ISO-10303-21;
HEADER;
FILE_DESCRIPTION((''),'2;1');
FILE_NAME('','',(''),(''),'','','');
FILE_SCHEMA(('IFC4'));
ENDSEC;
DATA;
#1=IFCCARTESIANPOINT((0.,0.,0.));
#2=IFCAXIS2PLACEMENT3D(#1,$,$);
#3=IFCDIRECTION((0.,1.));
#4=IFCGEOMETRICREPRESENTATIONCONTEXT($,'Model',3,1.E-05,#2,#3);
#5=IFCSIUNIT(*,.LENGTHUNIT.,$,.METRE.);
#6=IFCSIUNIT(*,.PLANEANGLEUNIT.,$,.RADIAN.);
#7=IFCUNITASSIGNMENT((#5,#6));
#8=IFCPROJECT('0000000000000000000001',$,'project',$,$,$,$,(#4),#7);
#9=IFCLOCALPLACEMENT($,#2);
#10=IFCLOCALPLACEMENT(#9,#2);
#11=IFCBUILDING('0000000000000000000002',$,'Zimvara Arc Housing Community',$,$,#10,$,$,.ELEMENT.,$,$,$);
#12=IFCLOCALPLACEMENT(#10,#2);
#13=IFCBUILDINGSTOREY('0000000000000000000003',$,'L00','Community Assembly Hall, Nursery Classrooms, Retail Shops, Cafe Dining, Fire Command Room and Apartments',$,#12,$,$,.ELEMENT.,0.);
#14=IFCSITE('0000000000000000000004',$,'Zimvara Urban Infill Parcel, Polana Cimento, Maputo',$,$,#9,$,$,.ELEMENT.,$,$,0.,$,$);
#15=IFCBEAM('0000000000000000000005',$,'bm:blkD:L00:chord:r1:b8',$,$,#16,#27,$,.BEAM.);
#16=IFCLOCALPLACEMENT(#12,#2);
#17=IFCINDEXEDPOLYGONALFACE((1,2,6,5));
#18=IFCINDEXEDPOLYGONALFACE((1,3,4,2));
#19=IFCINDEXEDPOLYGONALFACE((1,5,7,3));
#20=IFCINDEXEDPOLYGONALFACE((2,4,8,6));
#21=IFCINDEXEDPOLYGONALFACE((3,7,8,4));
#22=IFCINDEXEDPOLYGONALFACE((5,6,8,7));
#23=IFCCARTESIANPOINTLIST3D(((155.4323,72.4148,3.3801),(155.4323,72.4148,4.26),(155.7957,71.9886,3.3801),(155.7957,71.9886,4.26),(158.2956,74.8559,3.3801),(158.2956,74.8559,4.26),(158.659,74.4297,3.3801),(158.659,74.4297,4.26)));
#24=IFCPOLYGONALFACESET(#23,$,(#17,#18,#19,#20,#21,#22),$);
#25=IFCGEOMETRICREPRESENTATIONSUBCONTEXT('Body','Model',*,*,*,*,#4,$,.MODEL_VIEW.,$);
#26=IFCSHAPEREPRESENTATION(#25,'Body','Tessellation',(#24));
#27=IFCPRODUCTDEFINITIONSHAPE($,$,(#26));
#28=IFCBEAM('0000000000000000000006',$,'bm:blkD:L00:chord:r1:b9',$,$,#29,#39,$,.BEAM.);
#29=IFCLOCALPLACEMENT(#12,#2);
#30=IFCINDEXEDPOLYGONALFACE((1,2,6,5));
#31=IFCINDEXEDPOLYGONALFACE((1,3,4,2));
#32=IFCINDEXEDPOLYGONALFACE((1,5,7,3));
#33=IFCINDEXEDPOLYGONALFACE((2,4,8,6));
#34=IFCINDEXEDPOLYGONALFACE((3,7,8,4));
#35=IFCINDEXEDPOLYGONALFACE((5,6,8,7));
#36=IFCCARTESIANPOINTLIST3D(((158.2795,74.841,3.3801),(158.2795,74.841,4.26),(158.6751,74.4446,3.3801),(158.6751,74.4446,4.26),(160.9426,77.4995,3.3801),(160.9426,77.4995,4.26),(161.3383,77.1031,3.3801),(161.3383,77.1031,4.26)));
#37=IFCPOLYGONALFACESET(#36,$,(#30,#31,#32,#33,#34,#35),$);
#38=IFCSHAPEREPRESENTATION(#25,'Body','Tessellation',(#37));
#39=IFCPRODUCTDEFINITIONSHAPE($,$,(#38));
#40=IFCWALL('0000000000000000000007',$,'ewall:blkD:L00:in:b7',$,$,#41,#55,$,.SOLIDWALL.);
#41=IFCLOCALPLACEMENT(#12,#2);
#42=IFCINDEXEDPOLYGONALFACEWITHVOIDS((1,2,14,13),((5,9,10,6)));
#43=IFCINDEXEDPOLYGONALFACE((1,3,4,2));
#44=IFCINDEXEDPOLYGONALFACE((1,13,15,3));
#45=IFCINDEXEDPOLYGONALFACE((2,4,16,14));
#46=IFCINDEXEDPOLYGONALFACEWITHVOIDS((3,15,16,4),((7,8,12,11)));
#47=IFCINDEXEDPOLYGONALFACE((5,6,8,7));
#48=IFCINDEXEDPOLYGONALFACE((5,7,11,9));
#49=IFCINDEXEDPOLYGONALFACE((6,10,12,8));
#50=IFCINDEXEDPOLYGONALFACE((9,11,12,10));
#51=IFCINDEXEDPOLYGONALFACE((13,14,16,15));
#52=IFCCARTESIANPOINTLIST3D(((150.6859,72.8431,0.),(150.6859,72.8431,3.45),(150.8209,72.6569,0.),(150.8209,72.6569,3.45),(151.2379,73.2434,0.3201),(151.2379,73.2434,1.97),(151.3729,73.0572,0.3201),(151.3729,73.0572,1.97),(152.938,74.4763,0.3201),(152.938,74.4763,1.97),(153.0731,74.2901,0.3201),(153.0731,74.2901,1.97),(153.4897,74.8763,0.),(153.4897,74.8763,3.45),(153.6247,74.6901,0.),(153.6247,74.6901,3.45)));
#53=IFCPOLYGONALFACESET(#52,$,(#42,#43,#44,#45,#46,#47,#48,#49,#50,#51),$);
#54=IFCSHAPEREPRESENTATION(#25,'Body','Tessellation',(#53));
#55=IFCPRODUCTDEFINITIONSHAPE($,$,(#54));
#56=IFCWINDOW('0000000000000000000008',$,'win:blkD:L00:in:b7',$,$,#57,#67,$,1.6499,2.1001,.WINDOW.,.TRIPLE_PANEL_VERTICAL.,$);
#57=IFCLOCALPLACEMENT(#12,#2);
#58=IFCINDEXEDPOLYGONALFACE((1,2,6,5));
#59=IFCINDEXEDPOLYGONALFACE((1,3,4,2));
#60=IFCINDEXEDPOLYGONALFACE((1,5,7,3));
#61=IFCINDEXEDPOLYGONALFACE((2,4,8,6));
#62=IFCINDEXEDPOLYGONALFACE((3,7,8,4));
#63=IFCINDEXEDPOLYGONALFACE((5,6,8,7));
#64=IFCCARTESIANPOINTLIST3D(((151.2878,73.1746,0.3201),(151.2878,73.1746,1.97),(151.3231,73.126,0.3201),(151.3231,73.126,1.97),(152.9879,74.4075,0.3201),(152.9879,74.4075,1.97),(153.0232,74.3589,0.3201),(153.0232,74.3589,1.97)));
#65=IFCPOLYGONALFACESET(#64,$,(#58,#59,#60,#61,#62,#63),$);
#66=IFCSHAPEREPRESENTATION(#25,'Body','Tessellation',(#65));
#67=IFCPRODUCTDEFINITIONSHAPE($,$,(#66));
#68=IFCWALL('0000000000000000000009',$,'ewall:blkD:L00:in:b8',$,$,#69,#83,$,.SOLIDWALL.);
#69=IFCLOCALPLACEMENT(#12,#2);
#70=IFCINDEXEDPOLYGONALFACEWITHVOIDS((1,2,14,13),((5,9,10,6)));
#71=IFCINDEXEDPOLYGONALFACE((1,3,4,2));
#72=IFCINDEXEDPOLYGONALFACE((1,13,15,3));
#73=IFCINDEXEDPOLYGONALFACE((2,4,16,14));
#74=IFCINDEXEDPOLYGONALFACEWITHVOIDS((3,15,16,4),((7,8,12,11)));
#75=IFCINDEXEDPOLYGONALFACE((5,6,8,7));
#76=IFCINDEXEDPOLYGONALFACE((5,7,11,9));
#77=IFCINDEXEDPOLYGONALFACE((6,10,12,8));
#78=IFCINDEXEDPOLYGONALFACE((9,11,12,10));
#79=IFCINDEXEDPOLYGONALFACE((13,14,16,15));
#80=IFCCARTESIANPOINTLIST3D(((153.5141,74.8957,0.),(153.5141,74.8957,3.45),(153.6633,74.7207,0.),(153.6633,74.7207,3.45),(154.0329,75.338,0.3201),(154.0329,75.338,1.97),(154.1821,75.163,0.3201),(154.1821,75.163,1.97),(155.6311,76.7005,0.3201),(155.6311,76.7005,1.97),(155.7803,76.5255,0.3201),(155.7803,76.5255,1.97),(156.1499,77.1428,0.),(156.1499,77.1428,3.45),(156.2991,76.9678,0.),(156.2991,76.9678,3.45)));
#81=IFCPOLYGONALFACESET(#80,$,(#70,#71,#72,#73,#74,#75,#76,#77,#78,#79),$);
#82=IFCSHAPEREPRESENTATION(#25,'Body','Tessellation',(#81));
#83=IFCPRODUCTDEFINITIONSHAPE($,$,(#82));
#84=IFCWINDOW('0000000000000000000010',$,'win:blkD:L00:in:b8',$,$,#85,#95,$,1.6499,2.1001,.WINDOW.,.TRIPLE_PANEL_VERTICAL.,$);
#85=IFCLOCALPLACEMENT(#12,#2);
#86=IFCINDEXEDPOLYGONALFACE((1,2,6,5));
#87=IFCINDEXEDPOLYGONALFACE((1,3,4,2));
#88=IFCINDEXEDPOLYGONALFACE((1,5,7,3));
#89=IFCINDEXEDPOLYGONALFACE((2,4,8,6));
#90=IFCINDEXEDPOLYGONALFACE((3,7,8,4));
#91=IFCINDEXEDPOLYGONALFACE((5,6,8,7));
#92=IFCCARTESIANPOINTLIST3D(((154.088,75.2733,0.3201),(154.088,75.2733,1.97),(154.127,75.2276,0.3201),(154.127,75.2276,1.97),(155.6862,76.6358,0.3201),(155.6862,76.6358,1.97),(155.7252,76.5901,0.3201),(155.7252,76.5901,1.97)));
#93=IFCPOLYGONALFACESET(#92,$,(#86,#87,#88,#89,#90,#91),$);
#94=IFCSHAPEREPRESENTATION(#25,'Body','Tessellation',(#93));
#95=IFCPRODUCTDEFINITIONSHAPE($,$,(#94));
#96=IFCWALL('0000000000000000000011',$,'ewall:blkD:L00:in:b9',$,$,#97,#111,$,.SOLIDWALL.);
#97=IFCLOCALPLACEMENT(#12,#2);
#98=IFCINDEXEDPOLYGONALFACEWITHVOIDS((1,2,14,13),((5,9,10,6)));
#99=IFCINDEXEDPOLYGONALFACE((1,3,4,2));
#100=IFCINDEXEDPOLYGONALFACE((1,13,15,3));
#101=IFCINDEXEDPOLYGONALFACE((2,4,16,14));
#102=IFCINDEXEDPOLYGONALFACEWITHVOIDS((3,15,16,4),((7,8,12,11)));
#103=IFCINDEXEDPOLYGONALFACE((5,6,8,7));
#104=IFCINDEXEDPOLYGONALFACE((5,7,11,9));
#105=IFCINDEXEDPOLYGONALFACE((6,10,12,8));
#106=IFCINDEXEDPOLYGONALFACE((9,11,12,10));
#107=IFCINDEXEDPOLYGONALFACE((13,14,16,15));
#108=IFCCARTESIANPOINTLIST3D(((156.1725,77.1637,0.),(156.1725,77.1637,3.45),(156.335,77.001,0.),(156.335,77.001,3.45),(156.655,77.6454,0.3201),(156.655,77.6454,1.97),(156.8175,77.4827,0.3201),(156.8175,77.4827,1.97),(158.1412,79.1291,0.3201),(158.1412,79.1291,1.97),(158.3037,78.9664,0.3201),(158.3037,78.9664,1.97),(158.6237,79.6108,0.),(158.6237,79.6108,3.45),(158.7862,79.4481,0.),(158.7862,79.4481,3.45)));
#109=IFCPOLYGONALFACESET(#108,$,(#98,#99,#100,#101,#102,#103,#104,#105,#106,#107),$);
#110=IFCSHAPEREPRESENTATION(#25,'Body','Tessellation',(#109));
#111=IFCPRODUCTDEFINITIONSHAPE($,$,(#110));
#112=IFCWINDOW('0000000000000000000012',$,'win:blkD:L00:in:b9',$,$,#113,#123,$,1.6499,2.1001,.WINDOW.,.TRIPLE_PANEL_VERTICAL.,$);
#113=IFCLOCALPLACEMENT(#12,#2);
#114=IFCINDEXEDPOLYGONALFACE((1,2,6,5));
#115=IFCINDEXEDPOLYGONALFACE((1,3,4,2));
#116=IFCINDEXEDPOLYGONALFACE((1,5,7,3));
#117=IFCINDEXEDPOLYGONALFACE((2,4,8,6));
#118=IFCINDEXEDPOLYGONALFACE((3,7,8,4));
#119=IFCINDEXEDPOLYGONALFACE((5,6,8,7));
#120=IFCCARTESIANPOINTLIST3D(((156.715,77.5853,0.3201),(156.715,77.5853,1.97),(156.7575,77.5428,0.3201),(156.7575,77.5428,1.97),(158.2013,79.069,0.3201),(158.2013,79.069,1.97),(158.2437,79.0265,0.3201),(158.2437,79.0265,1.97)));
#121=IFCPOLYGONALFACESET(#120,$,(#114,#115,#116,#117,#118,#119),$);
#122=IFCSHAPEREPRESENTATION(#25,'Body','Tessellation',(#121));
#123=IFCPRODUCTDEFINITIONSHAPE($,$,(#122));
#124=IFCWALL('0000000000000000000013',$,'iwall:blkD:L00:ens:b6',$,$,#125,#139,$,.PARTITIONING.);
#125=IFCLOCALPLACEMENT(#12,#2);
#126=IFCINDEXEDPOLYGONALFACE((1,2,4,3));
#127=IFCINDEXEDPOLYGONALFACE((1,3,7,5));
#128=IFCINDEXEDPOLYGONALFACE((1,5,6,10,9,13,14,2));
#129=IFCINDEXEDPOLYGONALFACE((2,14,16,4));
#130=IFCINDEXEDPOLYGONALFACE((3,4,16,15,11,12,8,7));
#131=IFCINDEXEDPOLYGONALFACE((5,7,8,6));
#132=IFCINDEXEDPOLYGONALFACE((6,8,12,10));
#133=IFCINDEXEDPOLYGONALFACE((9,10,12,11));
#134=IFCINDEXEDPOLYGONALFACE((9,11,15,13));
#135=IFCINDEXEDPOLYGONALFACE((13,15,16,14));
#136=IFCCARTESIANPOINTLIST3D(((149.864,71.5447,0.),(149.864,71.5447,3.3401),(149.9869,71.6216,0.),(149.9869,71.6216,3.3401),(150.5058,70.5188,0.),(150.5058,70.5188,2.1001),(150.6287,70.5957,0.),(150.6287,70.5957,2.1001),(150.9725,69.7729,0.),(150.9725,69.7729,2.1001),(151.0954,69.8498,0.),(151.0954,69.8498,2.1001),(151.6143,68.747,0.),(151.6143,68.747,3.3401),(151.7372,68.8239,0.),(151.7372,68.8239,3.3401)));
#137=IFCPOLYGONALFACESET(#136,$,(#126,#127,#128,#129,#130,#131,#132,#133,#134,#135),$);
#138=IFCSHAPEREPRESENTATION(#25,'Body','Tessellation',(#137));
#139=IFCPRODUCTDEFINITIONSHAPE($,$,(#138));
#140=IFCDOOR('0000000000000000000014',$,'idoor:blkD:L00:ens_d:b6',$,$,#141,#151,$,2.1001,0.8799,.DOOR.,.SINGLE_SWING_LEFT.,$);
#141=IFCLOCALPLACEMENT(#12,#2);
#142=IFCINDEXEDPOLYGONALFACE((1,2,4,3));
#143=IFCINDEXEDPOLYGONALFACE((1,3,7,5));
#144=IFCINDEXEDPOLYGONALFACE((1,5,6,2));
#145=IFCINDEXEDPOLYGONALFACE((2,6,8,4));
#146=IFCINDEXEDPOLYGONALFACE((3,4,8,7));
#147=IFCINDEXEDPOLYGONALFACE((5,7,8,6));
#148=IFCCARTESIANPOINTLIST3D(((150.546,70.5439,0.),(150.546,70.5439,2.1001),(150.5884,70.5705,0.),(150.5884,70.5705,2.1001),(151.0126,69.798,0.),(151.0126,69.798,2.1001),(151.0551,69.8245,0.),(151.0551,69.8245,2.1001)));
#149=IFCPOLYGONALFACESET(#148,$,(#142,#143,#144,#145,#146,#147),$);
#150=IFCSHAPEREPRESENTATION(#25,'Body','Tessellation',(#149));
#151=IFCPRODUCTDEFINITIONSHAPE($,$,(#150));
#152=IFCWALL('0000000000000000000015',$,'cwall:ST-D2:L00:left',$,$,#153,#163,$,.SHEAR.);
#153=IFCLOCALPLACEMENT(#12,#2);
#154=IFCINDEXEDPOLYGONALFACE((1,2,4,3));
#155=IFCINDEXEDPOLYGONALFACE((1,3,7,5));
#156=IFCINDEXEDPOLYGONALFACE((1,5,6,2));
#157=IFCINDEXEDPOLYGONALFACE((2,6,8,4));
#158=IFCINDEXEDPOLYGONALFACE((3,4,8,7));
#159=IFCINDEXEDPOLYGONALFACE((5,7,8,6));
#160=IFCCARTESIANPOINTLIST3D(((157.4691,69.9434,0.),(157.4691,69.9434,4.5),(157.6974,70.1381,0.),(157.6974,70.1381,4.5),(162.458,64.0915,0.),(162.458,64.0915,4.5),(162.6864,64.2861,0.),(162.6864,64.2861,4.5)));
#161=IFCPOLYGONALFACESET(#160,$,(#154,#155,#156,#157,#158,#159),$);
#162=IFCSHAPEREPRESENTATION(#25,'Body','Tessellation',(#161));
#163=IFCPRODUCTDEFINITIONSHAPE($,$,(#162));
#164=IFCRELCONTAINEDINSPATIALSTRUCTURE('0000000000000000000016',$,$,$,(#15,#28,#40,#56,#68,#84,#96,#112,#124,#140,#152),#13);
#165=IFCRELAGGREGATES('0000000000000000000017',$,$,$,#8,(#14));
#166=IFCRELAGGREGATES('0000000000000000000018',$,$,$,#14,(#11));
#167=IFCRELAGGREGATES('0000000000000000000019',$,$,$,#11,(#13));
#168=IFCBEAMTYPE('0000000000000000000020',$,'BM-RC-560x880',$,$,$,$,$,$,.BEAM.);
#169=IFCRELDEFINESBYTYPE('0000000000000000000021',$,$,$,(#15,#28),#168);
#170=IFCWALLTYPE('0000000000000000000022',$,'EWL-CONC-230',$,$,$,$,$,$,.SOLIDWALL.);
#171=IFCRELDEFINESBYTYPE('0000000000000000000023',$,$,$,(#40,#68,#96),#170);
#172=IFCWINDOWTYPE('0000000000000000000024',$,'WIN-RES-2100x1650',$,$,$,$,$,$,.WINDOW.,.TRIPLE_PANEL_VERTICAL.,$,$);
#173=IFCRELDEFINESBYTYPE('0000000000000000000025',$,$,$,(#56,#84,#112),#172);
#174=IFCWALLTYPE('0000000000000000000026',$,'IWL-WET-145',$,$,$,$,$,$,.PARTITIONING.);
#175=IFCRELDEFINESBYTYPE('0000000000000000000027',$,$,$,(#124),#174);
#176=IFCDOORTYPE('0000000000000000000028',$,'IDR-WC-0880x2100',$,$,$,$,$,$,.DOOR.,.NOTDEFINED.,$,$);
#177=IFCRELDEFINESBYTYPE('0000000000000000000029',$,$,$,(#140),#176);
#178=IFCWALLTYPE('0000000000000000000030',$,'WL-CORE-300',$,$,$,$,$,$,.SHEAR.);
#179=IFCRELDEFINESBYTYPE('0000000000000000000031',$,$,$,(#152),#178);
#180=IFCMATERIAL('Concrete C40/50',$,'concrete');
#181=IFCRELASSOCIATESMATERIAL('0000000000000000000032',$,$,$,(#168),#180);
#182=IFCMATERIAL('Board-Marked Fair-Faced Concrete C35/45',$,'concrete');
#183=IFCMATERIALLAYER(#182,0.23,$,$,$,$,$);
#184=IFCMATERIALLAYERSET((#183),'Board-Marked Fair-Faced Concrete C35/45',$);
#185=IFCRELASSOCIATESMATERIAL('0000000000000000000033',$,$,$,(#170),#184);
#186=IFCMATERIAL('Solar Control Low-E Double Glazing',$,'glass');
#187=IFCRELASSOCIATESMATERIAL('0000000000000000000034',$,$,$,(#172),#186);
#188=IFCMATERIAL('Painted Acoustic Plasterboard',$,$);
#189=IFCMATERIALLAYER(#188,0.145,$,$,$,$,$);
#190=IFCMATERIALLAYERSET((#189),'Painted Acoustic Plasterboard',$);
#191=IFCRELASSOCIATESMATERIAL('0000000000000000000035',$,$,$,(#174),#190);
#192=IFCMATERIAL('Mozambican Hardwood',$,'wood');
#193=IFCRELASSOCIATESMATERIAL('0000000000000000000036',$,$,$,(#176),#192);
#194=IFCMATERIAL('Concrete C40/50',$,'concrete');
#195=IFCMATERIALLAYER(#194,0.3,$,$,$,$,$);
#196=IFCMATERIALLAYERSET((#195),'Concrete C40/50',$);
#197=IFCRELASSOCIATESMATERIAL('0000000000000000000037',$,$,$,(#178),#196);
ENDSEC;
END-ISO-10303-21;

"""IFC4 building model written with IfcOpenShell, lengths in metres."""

from ifc_helpers import new_model, si_unit, direction, frame, frame_2d, origin, origin_2d, place, context, subcontext, project, spatial, rectangle, extrude, material, layer, layer_set, material_profile, profile_set, type_object, element, fill, save


model = new_model("IFC4")

# Units and contexts
model_context = context("Model", 3, precision=1e-05, world=origin(), true_north=direction((0.0, 1.0)))
body_context = subcontext(model_context, "Body", "Model", "MODEL_VIEW")
ifc_project = project(units=[si_unit("LENGTHUNIT", "METRE"), si_unit("PLANEANGLEUNIT", "RADIAN")], contexts=[model_context])

# Site, building, storey
site_placement = place(None, origin())
site = spatial("IfcSite", under=ifc_project, at=site_placement, Name="Zimvara Urban Infill Parcel, Polana Cimento, Maputo", CompositionType="ELEMENT", RefElevation=0.0)
building_placement = place(site_placement, origin())
building = spatial("IfcBuilding", under=site, at=building_placement, Name="Zimvara Arc Housing Community", CompositionType="ELEMENT")
storey_placement = place(building_placement, origin())
storey = spatial("IfcBuildingStorey", under=building, at=storey_placement, Name="L00", Description="Community Assembly Hall, Nursery Classrooms, Retail Shops, Cafe Dining, Fire Command Room and Apartments", CompositionType="ELEMENT", Elevation=0.0)

# Beams
ifc_material_1 = material(Name="Concrete C40/50", Category="concrete")
ifc_material_profile_1 = material_profile(ifc_material_1, rectangle(XDim=0.5601, YDim=0.8799, at=origin_2d()), Name="RC 560x880")
ifc_profile_set_1 = profile_set([ifc_material_profile_1], Name="Concrete C40/50")
beam_type_1 = type_object("IfcBeamType", Name="BM-RC-560x880", PredefinedType="BEAM", material=ifc_profile_set_1)
beam_1_placement = place(storey_placement, frame((155.614, 72.2017, 3.8201), z_axis=(0.760972, 0.648785, 0.0), x_axis=(-0.648785, 0.760972, 0.0)))
element("IfcBeam", 1, at=beam_1_placement, inside=storey, type_object=beam_type_1, Name="bm:blkD:L00:chord:r1:b8", PredefinedType="BEAM", context=body_context, shape_type="SweptSolid", body=[
    extrude(rectangle(XDim=0.5601, YDim=0.8799, at=origin_2d()), origin(), (0.0, 0.0, 1.0), 3.7627),
])
beam_2_placement = place(storey_placement, frame((158.4773, 74.6428, 3.8201), z_axis=(0.707723, 0.70649, 0.0), x_axis=(-0.70649, 0.707723, 0.0)))
element("IfcBeam", 2, at=beam_2_placement, inside=storey, type_object=beam_type_1, Name="bm:blkD:L00:chord:r1:b9", PredefinedType="BEAM", context=body_context, shape_type="SweptSolid", body=[
    extrude(rectangle(XDim=0.5601, YDim=0.8799, at=origin_2d()), origin(), (0.0, 0.0, 1.0), 3.7629),
])

# Walls, openings, windows
ifc_material_2 = material(Name="Board-Marked Fair-Faced Concrete C35/45", Category="concrete")
ifc_layer_1 = layer(ifc_material_2, 0.23)
ifc_layer_set_1 = layer_set([ifc_layer_1], Name="Board-Marked Fair-Faced Concrete C35/45")
wall_type_1 = type_object("IfcWallType", Name="EWL-CONC-230", PredefinedType="SOLIDWALL", material=ifc_layer_set_1)
wall_1_placement = place(storey_placement, frame((150.7534, 72.75, 0.0), z_axis=(0.0, 0.0, 1.0), x_axis=(0.80954, 0.587065, 0.0)))
wall_1 = element("IfcWall", 3, at=wall_1_placement, inside=storey, type_object=wall_type_1, Name="ewall:blkD:L00:in:b7", PredefinedType="SOLIDWALL", context=body_context, shape_type="SweptSolid", body=[
    extrude(rectangle(XDim=3.4634, YDim=0.23, at=frame_2d((1.7317, 0.0))), origin(), (0.0, 0.0, 1.0), 3.45),
])
opening_1_placement = place(wall_1_placement, frame((0.6819, 0.0, 0.3201)))
opening_1 = element("IfcOpeningElement", 4, at=opening_1_placement, cuts=wall_1, PredefinedType="OPENING", context=body_context, shape_type="SweptSolid", body=[
    extrude(rectangle(XDim=2.1001, YDim=1.6499, at=frame_2d((1.05, 0.825))), frame((0.0, 0.125, 0.0), z_axis=(0.0, -1.0, 0.0), x_axis=(1.0, 0.0, 0.0)), (0.0, 0.0, 1.0), 0.25),
])
ifc_material_3 = material(Name="Solar Control Low-E Double Glazing", Category="glass")
window_type = type_object("IfcWindowType", Name="WIN-RES-2100x1650", PartitioningType="TRIPLE_PANEL_VERTICAL", PredefinedType="WINDOW", material=ifc_material_3)
window_1_placement = place(opening_1_placement, origin())
window_1 = element("IfcWindow", 5, at=window_1_placement, inside=storey, type_object=window_type, Name="win:blkD:L00:in:b7", OverallHeight=1.6499, OverallWidth=2.1001, PartitioningType="TRIPLE_PANEL_VERTICAL", PredefinedType="WINDOW", context=body_context, shape_type="SweptSolid", body=[
    extrude(rectangle(XDim=2.1001, YDim=1.6499, at=frame_2d((1.05, 0.825))), frame((0.0, 0.03, 0.0), z_axis=(0.0, -1.0, 0.0), x_axis=(1.0, 0.0, 0.0)), (0.0, 0.0, 1.0), 0.0601),
])
fill(opening_1, window_1)
wall_2_placement = place(storey_placement, frame((153.5886, 74.8081, 0.0), z_axis=(0.0, 0.0, 1.0), x_axis=(0.760985, 0.648769, 0.0)))
wall_2 = element("IfcWall", 6, at=wall_2_placement, inside=storey, type_object=wall_type_1, Name="ewall:blkD:L00:in:b8", PredefinedType="SOLIDWALL", context=body_context, shape_type="SweptSolid", body=[
    extrude(rectangle(XDim=3.4636, YDim=0.23, at=frame_2d((1.7319, 0.0))), origin(), (0.0, 0.0, 1.0), 3.45),
])
opening_2_placement = place(wall_2_placement, frame((0.6819, 0.0, 0.3201)))
opening_2 = element("IfcOpeningElement", 7, at=opening_2_placement, cuts=wall_2, PredefinedType="OPENING", context=body_context, shape_type="SweptSolid", body=[
    extrude(rectangle(XDim=2.1001, YDim=1.6499, at=frame_2d((1.05, 0.825))), frame((0.0, 0.125, 0.0), z_axis=(0.0, -1.0, 0.0), x_axis=(1.0, 0.0, 0.0)), (0.0, 0.0, 1.0), 0.25),
])
window_2_placement = place(opening_2_placement, origin())
window_2 = element("IfcWindow", 8, at=window_2_placement, inside=storey, type_object=window_type, Name="win:blkD:L00:in:b8", OverallHeight=1.6499, OverallWidth=2.1001, PartitioningType="TRIPLE_PANEL_VERTICAL", PredefinedType="WINDOW", context=body_context, shape_type="SweptSolid", body=[
    extrude(rectangle(XDim=2.1001, YDim=1.6499, at=frame_2d((1.05, 0.825))), frame((0.0, 0.03, 0.0), z_axis=(0.0, -1.0, 0.0), x_axis=(1.0, 0.0, 0.0)), (0.0, 0.0, 1.0), 0.0601),
])
fill(opening_2, window_2)
wall_3_placement = place(storey_placement, frame((156.2537, 77.0823, 0.0), z_axis=(0.0, 0.0, 1.0), x_axis=(0.707706, 0.706507, 0.0)))
wall_3 = element("IfcWall", 9, at=wall_3_placement, inside=storey, type_object=wall_type_1, Name="ewall:blkD:L00:in:b9", PredefinedType="SOLIDWALL", context=body_context, shape_type="SweptSolid", body=[
    extrude(rectangle(XDim=3.4636, YDim=0.23, at=frame_2d((1.7319, 0.0))), origin(), (0.0, 0.0, 1.0), 3.45),
])
opening_3_placement = place(wall_3_placement, frame((0.6819, 0.0, 0.3201)))
opening_3 = element("IfcOpeningElement", 10, at=opening_3_placement, cuts=wall_3, PredefinedType="OPENING", context=body_context, shape_type="SweptSolid", body=[
    extrude(rectangle(XDim=2.1001, YDim=1.6499, at=frame_2d((1.05, 0.825))), frame((0.0, 0.125, 0.0), z_axis=(0.0, -1.0, 0.0), x_axis=(1.0, 0.0, 0.0)), (0.0, 0.0, 1.0), 0.25),
])
window_3_placement = place(opening_3_placement, origin())
window_3 = element("IfcWindow", 11, at=window_3_placement, inside=storey, type_object=window_type, Name="win:blkD:L00:in:b9", OverallHeight=1.6499, OverallWidth=2.1001, PartitioningType="TRIPLE_PANEL_VERTICAL", PredefinedType="WINDOW", context=body_context, shape_type="SweptSolid", body=[
    extrude(rectangle(XDim=2.1001, YDim=1.6499, at=frame_2d((1.05, 0.825))), frame((0.0, 0.03, 0.0), z_axis=(0.0, -1.0, 0.0), x_axis=(1.0, 0.0, 0.0)), (0.0, 0.0, 1.0), 0.0601),
])
fill(opening_3, window_3)

# Wall, opening, door
ifc_material_4 = material(Name="Painted Acoustic Plasterboard")
ifc_layer_2 = layer(ifc_material_4, 0.145)
ifc_layer_set_2 = layer_set([ifc_layer_2], Name="Painted Acoustic Plasterboard")
wall_type_2 = type_object("IfcWallType", Name="IWL-WET-145", PredefinedType="PARTITIONING", material=ifc_layer_set_2)
wall_4_placement = place(storey_placement, frame((149.9255, 71.583, 0.0), z_axis=(0.0, 0.0, 1.0), x_axis=(0.530378, -0.847761, 0.0)))
wall_4 = element("IfcWall", 12, at=wall_4_placement, inside=storey, type_object=wall_type_2, Name="iwall:blkD:L00:ens:b6", PredefinedType="PARTITIONING", context=body_context, shape_type="SweptSolid", body=[
    extrude(rectangle(XDim=3.3, YDim=0.145, at=frame_2d((1.6499, 0.0))), origin(), (0.0, 0.0, 1.0), 3.3401),
])
opening_4_placement = place(wall_4_placement, frame((1.21, 0.0, 0.0)))
opening_4 = element("IfcOpeningElement", 13, at=opening_4_placement, cuts=wall_4, PredefinedType="OPENING", context=body_context, shape_type="SweptSolid", body=[
    extrude(rectangle(XDim=0.8799, YDim=2.1001, at=frame_2d((0.4399, 1.05))), frame((0.0, 0.0825, 0.0), z_axis=(0.0, -1.0, 0.0), x_axis=(1.0, 0.0, 0.0)), (0.0, 0.0, 1.0), 0.165),
])
ifc_material_5 = material(Name="Mozambican Hardwood", Category="wood")
door_type_1 = type_object("IfcDoorType", Name="IDR-WC-0880x2100", OperationType="NOTDEFINED", PredefinedType="DOOR", material=ifc_material_5)
door_1_placement = place(opening_4_placement, origin())
door_1 = element("IfcDoor", 14, at=door_1_placement, inside=storey, type_object=door_type_1, Name="idoor:blkD:L00:ens_d:b6", OperationType="SINGLE_SWING_LEFT", OverallHeight=2.1001, OverallWidth=0.8799, PredefinedType="DOOR", context=body_context, shape_type="SweptSolid", body=[
    extrude(rectangle(XDim=0.8799, YDim=2.1001, at=frame_2d((0.4399, 1.05))), frame((0.0, 0.0249, 0.0), z_axis=(0.0, -1.0, 0.0), x_axis=(1.0, 0.0, 0.0)), (0.0, 0.0, 1.0), 0.05),
])
fill(opening_4, door_1)
ifc_material_6 = material(Name="Concrete C40/50", Category="concrete")
ifc_layer_3 = layer(ifc_material_6, 0.3)
ifc_layer_set_3 = layer_set([ifc_layer_3], Name="Concrete C40/50")
wall_type_3 = type_object("IfcWallType", Name="WL-CORE-300", PredefinedType="SHEAR", material=ifc_layer_set_3)

# Wall
wall_5_placement = place(storey_placement, frame((157.5833, 70.0408, 0.0), z_axis=(0.0, 0.0, 1.0), x_axis=(0.648763, -0.760991, 0.0)))
element("IfcWall", 15, at=wall_5_placement, inside=storey, type_object=wall_type_3, Name="cwall:ST-D2:L00:left", PredefinedType="SHEAR", context=body_context, shape_type="SweptSolid", body=[
    extrude(rectangle(XDim=7.6899, YDim=0.3, at=frame_2d((3.845, 0.0))), origin(), (0.0, 0.0, 1.0), 4.5),
])

save(model, "model.ifc")
